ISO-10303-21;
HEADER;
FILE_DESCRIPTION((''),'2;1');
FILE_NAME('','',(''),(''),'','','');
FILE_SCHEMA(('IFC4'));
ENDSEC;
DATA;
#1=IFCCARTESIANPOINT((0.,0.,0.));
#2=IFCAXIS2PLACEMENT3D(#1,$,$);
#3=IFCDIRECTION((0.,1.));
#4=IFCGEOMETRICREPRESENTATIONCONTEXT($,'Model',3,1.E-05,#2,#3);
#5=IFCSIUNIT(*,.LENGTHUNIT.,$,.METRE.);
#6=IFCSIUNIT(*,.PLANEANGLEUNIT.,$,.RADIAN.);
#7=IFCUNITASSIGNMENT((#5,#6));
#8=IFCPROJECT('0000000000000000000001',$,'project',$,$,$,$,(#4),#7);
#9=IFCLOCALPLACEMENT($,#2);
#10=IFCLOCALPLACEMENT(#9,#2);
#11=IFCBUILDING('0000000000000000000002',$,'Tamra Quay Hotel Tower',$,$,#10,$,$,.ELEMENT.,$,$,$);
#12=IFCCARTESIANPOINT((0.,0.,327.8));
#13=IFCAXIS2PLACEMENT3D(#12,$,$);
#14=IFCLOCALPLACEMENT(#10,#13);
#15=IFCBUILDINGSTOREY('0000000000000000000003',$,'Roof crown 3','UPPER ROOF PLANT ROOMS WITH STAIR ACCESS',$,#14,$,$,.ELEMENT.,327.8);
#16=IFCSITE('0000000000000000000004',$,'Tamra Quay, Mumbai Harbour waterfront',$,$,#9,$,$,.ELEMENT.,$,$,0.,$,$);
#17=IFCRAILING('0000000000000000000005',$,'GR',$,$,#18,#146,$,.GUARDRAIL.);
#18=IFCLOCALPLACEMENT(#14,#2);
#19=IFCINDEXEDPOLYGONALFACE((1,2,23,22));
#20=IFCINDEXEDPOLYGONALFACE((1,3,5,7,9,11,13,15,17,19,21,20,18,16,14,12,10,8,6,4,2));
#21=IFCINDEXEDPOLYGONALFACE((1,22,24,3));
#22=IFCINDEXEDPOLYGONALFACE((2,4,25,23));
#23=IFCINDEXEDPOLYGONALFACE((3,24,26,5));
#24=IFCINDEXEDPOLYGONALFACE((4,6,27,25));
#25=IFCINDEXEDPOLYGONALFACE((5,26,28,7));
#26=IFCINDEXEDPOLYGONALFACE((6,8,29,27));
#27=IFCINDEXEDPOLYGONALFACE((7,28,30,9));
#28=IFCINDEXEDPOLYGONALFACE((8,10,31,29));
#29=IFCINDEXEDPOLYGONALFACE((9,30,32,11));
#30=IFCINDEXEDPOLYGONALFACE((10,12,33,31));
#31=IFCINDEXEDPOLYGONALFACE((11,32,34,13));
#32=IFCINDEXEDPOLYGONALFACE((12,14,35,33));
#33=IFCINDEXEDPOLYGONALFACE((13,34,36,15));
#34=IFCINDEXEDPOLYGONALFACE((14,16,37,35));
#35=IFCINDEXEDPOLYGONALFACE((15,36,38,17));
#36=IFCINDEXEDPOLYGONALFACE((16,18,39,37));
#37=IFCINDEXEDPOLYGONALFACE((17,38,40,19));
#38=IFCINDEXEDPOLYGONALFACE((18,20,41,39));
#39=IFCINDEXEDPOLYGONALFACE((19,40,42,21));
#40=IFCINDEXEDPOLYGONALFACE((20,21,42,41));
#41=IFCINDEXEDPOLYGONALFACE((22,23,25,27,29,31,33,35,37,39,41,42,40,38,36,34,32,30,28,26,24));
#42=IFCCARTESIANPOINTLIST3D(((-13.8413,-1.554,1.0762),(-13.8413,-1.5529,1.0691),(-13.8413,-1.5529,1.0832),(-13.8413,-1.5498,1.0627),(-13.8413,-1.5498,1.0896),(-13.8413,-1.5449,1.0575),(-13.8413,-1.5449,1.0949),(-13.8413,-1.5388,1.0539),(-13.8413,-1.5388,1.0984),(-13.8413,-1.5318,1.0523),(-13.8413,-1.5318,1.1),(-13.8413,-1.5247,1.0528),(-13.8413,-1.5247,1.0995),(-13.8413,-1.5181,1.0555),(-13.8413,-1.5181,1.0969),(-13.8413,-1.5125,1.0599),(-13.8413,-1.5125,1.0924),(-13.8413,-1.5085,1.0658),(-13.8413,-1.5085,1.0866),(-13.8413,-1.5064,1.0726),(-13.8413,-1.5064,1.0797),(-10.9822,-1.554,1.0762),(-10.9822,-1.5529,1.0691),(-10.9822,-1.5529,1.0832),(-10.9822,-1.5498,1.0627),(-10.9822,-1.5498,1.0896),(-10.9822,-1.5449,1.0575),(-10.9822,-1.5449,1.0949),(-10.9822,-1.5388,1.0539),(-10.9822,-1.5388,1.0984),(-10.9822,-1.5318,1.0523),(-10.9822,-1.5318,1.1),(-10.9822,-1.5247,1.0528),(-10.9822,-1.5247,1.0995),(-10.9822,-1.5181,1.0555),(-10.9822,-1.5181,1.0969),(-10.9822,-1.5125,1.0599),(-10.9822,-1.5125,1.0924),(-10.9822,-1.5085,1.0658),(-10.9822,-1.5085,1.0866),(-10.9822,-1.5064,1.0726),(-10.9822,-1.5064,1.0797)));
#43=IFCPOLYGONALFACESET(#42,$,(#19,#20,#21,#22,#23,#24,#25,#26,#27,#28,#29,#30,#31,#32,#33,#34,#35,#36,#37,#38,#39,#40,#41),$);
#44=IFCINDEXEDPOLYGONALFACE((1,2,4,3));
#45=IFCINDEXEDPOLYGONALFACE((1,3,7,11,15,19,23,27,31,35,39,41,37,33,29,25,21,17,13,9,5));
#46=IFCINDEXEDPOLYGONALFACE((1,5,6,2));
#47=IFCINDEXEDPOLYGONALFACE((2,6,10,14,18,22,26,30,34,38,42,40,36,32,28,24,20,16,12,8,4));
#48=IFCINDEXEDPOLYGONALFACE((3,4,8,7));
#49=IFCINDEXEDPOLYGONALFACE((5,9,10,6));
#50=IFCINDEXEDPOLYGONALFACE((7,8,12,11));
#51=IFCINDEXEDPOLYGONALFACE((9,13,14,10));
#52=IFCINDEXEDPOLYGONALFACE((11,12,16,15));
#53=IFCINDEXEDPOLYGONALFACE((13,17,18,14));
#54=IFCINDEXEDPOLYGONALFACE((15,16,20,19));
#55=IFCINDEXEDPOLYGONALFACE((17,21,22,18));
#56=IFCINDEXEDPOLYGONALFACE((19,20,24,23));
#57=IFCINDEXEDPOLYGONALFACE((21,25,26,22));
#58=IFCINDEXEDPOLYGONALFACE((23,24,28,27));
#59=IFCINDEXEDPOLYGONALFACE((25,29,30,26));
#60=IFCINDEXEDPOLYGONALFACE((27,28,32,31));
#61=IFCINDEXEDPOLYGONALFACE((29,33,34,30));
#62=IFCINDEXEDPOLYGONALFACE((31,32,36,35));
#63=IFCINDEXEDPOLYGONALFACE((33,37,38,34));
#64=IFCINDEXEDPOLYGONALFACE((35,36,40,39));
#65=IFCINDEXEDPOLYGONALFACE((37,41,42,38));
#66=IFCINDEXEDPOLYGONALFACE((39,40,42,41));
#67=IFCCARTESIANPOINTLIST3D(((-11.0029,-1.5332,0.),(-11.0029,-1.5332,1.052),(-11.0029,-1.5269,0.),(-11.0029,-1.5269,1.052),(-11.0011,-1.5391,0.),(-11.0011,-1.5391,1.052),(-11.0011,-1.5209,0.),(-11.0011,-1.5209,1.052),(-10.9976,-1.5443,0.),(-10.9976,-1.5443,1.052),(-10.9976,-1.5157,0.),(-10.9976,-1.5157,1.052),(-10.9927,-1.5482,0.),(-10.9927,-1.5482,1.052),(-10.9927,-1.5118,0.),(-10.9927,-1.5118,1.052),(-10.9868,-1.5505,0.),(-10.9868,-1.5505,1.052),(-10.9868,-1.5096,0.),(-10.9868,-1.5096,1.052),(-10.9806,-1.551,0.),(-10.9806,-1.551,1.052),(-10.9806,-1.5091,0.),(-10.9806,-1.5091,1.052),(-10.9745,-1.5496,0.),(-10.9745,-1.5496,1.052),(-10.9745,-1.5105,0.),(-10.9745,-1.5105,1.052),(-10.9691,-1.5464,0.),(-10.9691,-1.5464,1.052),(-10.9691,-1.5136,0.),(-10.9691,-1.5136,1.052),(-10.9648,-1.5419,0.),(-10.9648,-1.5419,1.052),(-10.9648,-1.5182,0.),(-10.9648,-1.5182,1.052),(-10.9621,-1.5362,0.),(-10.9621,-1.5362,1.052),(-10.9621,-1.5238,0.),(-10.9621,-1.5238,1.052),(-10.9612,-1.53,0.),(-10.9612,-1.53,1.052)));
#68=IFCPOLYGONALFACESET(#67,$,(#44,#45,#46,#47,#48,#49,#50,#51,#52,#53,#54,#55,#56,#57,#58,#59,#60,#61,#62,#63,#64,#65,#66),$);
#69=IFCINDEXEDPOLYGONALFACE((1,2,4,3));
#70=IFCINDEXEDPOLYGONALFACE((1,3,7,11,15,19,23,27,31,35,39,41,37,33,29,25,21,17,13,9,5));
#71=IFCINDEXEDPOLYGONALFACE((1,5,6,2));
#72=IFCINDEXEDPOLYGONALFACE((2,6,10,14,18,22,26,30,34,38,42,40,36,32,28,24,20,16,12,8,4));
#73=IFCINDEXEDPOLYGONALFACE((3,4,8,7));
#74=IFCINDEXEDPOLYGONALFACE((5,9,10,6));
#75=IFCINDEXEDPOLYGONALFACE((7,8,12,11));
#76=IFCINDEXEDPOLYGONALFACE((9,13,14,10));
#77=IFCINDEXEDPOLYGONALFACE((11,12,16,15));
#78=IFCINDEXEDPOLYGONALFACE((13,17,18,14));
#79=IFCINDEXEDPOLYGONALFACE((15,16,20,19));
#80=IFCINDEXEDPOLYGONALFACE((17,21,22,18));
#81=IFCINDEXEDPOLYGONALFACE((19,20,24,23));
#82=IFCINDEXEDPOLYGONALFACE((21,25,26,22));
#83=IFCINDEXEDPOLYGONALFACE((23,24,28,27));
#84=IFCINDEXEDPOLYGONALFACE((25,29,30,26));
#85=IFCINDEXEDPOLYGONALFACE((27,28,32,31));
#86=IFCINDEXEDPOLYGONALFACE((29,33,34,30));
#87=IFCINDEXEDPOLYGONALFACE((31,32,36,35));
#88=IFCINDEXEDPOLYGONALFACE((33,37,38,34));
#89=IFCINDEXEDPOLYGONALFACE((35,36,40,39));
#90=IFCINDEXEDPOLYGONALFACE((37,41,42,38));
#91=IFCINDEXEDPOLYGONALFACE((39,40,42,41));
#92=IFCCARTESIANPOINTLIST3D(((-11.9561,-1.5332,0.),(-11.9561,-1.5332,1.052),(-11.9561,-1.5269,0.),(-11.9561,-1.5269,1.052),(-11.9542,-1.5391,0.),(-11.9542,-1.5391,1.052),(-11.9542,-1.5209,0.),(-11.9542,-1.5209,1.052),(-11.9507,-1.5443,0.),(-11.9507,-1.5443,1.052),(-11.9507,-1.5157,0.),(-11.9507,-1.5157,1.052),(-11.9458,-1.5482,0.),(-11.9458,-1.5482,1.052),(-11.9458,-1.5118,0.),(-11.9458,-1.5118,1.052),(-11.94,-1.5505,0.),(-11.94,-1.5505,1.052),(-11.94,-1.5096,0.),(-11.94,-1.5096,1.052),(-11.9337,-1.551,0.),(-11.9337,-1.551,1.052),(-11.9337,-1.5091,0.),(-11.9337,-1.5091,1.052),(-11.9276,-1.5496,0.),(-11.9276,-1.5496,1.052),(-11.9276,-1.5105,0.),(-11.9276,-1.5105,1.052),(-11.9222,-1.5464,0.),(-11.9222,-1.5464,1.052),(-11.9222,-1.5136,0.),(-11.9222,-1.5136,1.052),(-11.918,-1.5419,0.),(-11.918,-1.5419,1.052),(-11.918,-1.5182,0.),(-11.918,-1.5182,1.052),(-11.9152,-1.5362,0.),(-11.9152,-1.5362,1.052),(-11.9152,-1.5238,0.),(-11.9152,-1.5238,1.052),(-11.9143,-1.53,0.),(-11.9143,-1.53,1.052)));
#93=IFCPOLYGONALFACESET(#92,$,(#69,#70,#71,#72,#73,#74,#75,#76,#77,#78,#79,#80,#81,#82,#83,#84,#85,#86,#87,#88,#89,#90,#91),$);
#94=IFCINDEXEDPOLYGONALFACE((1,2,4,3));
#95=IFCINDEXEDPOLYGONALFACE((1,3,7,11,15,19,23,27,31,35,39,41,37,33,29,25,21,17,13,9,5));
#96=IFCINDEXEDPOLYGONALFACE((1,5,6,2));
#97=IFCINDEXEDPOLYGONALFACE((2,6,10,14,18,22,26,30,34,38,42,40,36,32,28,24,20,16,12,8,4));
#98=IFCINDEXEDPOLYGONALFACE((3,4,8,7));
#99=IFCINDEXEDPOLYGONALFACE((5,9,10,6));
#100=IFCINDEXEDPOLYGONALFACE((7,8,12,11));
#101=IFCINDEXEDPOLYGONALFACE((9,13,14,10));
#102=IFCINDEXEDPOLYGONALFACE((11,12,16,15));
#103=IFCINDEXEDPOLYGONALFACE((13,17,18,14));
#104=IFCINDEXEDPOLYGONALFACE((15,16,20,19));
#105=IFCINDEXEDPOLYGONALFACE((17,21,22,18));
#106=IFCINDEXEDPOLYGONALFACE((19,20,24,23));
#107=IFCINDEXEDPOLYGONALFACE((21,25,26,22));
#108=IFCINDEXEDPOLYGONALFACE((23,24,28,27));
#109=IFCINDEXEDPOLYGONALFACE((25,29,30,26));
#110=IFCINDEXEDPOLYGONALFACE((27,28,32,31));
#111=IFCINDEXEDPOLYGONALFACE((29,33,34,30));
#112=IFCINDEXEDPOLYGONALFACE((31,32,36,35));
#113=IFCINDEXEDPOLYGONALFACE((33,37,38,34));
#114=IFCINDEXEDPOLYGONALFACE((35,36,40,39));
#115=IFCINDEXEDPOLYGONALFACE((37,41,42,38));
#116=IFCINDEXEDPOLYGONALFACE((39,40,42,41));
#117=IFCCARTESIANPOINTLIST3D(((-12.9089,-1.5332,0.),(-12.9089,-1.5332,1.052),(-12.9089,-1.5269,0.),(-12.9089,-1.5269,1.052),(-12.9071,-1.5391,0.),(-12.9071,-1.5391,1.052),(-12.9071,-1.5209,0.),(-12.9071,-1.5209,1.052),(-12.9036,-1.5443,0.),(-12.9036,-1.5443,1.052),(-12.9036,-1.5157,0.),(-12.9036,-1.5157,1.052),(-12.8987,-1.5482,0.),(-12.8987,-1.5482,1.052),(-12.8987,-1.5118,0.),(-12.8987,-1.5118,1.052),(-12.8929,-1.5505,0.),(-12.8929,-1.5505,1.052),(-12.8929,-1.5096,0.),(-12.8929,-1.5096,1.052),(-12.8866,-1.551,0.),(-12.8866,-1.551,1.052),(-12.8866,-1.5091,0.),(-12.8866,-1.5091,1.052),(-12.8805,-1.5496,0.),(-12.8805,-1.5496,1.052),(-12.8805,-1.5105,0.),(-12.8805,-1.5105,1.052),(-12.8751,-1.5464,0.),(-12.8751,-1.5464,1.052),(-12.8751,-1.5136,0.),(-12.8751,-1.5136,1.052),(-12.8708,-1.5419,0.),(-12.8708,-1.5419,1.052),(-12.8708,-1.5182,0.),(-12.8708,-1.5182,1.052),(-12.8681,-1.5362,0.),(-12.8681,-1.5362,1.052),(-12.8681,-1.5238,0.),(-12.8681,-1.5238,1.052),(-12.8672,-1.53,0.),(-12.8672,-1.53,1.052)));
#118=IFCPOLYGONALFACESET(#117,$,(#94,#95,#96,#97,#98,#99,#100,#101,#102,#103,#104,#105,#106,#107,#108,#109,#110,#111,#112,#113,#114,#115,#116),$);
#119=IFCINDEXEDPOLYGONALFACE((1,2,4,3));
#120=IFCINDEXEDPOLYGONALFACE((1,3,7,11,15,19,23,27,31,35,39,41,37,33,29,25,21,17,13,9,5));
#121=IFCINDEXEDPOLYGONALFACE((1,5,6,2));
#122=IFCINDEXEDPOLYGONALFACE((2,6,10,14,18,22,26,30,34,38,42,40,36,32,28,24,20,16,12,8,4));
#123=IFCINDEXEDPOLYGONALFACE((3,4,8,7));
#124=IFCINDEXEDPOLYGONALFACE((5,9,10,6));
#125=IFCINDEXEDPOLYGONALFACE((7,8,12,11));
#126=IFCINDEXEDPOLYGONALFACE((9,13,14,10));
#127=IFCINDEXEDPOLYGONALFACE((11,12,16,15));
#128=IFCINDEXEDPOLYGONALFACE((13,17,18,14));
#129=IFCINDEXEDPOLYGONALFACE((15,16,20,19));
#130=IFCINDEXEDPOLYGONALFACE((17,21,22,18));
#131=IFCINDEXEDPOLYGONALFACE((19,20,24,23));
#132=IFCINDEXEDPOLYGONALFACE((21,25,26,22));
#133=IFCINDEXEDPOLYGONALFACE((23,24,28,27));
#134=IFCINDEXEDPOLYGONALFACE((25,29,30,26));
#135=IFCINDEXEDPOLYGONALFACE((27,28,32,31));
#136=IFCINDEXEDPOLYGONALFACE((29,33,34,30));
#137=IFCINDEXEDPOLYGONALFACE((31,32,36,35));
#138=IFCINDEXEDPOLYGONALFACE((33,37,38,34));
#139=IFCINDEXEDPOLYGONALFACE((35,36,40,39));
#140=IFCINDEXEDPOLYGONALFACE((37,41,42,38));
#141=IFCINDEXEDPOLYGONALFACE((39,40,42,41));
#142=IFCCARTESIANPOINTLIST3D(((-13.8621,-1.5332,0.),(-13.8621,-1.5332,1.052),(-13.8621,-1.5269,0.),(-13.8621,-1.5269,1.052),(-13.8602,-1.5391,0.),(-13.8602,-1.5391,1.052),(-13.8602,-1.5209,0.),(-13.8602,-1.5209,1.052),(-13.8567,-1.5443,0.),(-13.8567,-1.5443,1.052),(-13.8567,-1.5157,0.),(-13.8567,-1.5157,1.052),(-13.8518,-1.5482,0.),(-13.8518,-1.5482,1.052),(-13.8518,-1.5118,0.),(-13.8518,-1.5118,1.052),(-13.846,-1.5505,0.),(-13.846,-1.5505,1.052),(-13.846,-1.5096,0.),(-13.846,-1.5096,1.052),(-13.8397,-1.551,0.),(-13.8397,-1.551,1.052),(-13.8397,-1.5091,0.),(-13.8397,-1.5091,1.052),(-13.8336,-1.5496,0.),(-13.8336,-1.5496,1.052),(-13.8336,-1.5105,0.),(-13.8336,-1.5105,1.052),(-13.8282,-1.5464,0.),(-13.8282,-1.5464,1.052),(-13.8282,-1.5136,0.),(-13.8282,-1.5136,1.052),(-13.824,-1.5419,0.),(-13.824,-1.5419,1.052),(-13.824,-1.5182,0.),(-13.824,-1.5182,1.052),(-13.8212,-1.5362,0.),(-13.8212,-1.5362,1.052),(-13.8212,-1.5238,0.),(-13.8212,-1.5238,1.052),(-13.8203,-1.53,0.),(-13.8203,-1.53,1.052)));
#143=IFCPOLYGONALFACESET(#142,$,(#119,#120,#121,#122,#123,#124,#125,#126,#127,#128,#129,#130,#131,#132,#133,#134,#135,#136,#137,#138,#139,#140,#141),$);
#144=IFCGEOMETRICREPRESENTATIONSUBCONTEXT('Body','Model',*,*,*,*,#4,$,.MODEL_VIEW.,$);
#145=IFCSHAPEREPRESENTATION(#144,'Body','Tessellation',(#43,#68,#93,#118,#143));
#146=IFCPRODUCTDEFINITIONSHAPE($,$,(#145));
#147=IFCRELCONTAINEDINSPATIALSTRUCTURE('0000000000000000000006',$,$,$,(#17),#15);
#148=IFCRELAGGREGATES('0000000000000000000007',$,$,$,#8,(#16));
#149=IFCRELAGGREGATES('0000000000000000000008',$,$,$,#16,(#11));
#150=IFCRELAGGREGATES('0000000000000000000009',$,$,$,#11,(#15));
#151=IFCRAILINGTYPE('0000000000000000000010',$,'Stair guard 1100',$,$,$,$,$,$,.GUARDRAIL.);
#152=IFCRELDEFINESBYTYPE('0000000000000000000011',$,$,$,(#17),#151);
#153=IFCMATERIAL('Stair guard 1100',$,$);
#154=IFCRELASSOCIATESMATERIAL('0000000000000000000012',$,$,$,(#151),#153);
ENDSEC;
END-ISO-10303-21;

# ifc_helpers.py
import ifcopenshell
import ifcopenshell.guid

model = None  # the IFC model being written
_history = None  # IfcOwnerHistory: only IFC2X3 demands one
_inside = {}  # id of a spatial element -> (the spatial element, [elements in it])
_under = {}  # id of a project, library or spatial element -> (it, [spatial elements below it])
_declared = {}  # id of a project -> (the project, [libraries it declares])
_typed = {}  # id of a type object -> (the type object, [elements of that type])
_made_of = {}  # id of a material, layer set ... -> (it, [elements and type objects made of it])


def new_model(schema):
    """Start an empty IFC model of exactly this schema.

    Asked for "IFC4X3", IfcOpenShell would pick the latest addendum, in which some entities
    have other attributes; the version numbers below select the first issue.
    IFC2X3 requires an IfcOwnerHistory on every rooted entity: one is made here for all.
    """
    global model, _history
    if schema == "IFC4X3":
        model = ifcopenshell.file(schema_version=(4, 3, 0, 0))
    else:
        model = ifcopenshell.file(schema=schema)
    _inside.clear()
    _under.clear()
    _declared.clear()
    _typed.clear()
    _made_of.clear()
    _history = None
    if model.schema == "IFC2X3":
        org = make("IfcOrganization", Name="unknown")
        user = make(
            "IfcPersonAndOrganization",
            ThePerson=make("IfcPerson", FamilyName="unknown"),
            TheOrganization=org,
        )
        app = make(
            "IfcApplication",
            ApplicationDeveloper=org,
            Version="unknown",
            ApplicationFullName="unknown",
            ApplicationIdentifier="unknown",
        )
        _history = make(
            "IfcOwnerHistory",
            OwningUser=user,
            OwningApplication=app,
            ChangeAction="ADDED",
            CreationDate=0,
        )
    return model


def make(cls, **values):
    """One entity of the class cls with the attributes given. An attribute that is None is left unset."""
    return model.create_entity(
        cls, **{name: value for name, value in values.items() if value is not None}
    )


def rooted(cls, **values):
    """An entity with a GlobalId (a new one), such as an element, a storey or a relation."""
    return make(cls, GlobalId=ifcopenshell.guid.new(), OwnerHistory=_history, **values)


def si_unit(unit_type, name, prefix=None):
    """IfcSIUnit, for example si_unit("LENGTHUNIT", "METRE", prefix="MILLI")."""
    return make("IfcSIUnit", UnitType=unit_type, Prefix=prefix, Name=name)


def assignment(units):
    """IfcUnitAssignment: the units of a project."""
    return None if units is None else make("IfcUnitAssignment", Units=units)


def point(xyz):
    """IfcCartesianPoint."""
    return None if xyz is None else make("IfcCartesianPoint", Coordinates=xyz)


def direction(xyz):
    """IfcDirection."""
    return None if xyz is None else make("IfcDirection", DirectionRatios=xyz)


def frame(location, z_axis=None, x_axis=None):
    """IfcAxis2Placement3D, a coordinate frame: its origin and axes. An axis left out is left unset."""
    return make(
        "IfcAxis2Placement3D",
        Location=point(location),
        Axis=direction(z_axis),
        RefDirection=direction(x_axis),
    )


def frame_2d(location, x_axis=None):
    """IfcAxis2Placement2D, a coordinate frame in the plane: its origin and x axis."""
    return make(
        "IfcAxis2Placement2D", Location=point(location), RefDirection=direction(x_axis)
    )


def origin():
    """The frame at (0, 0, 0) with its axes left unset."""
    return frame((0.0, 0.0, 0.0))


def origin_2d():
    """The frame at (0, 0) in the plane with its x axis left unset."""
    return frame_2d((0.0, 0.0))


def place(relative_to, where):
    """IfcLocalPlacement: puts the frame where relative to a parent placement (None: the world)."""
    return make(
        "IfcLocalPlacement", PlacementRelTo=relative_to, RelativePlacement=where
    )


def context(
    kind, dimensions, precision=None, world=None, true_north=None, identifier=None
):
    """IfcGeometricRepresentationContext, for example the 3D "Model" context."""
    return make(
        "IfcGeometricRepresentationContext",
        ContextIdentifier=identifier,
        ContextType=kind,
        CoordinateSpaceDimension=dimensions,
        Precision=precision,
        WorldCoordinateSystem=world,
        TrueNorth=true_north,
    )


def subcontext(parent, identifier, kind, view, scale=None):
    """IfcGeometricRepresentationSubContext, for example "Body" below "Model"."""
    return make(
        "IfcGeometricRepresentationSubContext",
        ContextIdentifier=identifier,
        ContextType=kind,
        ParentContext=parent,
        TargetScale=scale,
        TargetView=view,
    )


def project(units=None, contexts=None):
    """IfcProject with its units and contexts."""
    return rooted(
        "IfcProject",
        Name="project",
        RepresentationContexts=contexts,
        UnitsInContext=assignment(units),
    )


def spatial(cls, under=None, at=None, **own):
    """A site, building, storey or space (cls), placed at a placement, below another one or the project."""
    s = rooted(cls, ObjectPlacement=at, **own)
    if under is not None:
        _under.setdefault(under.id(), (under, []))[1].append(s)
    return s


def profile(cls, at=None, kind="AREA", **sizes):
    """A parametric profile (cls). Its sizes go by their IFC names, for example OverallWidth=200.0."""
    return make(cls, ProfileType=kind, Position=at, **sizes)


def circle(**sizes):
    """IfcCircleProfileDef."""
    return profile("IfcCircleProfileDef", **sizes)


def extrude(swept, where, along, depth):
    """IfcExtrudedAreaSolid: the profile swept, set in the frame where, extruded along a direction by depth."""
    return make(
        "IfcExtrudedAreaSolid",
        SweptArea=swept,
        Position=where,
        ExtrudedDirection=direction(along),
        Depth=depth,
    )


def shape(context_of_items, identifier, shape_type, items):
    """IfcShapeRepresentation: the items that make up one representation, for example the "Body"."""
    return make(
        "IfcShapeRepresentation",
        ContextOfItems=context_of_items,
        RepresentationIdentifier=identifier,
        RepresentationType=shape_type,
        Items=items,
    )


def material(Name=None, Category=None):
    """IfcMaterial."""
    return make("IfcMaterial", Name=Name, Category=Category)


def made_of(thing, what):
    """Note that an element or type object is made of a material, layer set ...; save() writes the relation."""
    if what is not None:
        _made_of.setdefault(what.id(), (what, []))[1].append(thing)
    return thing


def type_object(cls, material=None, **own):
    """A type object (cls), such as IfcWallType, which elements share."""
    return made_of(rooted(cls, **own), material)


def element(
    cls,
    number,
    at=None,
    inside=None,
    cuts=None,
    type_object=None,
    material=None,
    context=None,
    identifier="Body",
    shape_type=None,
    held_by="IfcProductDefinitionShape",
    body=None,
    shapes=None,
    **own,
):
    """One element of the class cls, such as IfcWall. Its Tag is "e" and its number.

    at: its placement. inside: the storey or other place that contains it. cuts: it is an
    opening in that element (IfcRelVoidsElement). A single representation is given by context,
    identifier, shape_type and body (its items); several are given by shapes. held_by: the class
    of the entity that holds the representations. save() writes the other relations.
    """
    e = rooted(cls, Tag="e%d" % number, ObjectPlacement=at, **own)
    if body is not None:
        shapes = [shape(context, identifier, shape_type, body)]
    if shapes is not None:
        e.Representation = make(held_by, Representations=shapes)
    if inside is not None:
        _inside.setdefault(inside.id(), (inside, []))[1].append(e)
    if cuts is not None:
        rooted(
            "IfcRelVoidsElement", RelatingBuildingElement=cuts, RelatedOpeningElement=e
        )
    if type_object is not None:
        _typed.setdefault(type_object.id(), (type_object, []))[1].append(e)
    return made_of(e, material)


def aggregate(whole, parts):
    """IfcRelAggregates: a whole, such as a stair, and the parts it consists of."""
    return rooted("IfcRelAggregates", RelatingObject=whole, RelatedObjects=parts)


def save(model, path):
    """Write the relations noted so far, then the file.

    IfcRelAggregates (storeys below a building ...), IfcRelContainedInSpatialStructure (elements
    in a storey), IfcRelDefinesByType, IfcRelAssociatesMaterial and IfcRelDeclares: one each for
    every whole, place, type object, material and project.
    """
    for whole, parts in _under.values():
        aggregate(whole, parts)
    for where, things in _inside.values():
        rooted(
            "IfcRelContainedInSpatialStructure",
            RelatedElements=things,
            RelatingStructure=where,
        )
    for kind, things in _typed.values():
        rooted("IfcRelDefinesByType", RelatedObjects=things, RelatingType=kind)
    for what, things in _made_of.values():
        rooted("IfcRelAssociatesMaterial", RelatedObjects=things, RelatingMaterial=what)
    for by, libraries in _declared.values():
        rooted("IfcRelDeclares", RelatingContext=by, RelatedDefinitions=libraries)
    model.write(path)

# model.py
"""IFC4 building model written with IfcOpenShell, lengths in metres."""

from ifc_helpers import new_model, si_unit, direction, frame, origin, origin_2d, place, context, subcontext, project, spatial, circle, extrude, material, type_object, element, save


model = new_model("IFC4")

# Units and contexts
model_context = context("Model", 3, precision=1e-05, world=origin(), true_north=direction((0.0, 1.0)))
body_context = subcontext(model_context, "Body", "Model", "MODEL_VIEW")
ifc_project = project(units=[si_unit("LENGTHUNIT", "METRE"), si_unit("PLANEANGLEUNIT", "RADIAN")], contexts=[model_context])

# Site, building, storey
site_placement = place(None, origin())
site = spatial("IfcSite", under=ifc_project, at=site_placement, Name="Tamra Quay, Mumbai Harbour waterfront", CompositionType="ELEMENT", RefElevation=0.0)
building_placement = place(site_placement, origin())
building = spatial("IfcBuilding", under=site, at=building_placement, Name="Tamra Quay Hotel Tower", CompositionType="ELEMENT")
storey_placement = place(building_placement, frame((0.0, 0.0, 327.8)))
storey = spatial("IfcBuildingStorey", under=building, at=storey_placement, Name="Roof crown 3", Description="UPPER ROOF PLANT ROOMS WITH STAIR ACCESS", CompositionType="ELEMENT", Elevation=327.8)

# Railing
ifc_material_1 = material(Name="Stair guard 1100")
railing_type_1 = type_object("IfcRailingType", Name="Stair guard 1100", PredefinedType="GUARDRAIL", material=ifc_material_1)
railing_1_placement = place(storey_placement, frame((-10.9822, -1.53, 0.0)))
element("IfcRailing", 1, at=railing_1_placement, inside=storey, type_object=railing_type_1, Name="GR", PredefinedType="GUARDRAIL", context=body_context, shape_type="SweptSolid", body=[
    extrude(circle(Radius=0.0239, at=origin_2d()), frame((0.0, 0.0, 1.0762), z_axis=(-1.0, 0.0, 0.0), x_axis=(0.0, -1.0, 0.0)), (0.0, 0.0, 1.0), 2.8591),
    extrude(circle(Radius=0.021, at=origin_2d()), origin(), (0.0, 0.0, 1.0), 1.052),
    extrude(circle(Radius=0.021, at=origin_2d()), frame((-0.9531, 0.0, 0.0)), (0.0, 0.0, 1.0), 1.052),
    extrude(circle(Radius=0.021, at=origin_2d()), frame((-1.906, 0.0, 0.0)), (0.0, 0.0, 1.0), 1.052),
    extrude(circle(Radius=0.021, at=origin_2d()), frame((-2.8591, 0.0, 0.0)), (0.0, 0.0, 1.0), 1.052),
])

save(model, "model.ifc")
